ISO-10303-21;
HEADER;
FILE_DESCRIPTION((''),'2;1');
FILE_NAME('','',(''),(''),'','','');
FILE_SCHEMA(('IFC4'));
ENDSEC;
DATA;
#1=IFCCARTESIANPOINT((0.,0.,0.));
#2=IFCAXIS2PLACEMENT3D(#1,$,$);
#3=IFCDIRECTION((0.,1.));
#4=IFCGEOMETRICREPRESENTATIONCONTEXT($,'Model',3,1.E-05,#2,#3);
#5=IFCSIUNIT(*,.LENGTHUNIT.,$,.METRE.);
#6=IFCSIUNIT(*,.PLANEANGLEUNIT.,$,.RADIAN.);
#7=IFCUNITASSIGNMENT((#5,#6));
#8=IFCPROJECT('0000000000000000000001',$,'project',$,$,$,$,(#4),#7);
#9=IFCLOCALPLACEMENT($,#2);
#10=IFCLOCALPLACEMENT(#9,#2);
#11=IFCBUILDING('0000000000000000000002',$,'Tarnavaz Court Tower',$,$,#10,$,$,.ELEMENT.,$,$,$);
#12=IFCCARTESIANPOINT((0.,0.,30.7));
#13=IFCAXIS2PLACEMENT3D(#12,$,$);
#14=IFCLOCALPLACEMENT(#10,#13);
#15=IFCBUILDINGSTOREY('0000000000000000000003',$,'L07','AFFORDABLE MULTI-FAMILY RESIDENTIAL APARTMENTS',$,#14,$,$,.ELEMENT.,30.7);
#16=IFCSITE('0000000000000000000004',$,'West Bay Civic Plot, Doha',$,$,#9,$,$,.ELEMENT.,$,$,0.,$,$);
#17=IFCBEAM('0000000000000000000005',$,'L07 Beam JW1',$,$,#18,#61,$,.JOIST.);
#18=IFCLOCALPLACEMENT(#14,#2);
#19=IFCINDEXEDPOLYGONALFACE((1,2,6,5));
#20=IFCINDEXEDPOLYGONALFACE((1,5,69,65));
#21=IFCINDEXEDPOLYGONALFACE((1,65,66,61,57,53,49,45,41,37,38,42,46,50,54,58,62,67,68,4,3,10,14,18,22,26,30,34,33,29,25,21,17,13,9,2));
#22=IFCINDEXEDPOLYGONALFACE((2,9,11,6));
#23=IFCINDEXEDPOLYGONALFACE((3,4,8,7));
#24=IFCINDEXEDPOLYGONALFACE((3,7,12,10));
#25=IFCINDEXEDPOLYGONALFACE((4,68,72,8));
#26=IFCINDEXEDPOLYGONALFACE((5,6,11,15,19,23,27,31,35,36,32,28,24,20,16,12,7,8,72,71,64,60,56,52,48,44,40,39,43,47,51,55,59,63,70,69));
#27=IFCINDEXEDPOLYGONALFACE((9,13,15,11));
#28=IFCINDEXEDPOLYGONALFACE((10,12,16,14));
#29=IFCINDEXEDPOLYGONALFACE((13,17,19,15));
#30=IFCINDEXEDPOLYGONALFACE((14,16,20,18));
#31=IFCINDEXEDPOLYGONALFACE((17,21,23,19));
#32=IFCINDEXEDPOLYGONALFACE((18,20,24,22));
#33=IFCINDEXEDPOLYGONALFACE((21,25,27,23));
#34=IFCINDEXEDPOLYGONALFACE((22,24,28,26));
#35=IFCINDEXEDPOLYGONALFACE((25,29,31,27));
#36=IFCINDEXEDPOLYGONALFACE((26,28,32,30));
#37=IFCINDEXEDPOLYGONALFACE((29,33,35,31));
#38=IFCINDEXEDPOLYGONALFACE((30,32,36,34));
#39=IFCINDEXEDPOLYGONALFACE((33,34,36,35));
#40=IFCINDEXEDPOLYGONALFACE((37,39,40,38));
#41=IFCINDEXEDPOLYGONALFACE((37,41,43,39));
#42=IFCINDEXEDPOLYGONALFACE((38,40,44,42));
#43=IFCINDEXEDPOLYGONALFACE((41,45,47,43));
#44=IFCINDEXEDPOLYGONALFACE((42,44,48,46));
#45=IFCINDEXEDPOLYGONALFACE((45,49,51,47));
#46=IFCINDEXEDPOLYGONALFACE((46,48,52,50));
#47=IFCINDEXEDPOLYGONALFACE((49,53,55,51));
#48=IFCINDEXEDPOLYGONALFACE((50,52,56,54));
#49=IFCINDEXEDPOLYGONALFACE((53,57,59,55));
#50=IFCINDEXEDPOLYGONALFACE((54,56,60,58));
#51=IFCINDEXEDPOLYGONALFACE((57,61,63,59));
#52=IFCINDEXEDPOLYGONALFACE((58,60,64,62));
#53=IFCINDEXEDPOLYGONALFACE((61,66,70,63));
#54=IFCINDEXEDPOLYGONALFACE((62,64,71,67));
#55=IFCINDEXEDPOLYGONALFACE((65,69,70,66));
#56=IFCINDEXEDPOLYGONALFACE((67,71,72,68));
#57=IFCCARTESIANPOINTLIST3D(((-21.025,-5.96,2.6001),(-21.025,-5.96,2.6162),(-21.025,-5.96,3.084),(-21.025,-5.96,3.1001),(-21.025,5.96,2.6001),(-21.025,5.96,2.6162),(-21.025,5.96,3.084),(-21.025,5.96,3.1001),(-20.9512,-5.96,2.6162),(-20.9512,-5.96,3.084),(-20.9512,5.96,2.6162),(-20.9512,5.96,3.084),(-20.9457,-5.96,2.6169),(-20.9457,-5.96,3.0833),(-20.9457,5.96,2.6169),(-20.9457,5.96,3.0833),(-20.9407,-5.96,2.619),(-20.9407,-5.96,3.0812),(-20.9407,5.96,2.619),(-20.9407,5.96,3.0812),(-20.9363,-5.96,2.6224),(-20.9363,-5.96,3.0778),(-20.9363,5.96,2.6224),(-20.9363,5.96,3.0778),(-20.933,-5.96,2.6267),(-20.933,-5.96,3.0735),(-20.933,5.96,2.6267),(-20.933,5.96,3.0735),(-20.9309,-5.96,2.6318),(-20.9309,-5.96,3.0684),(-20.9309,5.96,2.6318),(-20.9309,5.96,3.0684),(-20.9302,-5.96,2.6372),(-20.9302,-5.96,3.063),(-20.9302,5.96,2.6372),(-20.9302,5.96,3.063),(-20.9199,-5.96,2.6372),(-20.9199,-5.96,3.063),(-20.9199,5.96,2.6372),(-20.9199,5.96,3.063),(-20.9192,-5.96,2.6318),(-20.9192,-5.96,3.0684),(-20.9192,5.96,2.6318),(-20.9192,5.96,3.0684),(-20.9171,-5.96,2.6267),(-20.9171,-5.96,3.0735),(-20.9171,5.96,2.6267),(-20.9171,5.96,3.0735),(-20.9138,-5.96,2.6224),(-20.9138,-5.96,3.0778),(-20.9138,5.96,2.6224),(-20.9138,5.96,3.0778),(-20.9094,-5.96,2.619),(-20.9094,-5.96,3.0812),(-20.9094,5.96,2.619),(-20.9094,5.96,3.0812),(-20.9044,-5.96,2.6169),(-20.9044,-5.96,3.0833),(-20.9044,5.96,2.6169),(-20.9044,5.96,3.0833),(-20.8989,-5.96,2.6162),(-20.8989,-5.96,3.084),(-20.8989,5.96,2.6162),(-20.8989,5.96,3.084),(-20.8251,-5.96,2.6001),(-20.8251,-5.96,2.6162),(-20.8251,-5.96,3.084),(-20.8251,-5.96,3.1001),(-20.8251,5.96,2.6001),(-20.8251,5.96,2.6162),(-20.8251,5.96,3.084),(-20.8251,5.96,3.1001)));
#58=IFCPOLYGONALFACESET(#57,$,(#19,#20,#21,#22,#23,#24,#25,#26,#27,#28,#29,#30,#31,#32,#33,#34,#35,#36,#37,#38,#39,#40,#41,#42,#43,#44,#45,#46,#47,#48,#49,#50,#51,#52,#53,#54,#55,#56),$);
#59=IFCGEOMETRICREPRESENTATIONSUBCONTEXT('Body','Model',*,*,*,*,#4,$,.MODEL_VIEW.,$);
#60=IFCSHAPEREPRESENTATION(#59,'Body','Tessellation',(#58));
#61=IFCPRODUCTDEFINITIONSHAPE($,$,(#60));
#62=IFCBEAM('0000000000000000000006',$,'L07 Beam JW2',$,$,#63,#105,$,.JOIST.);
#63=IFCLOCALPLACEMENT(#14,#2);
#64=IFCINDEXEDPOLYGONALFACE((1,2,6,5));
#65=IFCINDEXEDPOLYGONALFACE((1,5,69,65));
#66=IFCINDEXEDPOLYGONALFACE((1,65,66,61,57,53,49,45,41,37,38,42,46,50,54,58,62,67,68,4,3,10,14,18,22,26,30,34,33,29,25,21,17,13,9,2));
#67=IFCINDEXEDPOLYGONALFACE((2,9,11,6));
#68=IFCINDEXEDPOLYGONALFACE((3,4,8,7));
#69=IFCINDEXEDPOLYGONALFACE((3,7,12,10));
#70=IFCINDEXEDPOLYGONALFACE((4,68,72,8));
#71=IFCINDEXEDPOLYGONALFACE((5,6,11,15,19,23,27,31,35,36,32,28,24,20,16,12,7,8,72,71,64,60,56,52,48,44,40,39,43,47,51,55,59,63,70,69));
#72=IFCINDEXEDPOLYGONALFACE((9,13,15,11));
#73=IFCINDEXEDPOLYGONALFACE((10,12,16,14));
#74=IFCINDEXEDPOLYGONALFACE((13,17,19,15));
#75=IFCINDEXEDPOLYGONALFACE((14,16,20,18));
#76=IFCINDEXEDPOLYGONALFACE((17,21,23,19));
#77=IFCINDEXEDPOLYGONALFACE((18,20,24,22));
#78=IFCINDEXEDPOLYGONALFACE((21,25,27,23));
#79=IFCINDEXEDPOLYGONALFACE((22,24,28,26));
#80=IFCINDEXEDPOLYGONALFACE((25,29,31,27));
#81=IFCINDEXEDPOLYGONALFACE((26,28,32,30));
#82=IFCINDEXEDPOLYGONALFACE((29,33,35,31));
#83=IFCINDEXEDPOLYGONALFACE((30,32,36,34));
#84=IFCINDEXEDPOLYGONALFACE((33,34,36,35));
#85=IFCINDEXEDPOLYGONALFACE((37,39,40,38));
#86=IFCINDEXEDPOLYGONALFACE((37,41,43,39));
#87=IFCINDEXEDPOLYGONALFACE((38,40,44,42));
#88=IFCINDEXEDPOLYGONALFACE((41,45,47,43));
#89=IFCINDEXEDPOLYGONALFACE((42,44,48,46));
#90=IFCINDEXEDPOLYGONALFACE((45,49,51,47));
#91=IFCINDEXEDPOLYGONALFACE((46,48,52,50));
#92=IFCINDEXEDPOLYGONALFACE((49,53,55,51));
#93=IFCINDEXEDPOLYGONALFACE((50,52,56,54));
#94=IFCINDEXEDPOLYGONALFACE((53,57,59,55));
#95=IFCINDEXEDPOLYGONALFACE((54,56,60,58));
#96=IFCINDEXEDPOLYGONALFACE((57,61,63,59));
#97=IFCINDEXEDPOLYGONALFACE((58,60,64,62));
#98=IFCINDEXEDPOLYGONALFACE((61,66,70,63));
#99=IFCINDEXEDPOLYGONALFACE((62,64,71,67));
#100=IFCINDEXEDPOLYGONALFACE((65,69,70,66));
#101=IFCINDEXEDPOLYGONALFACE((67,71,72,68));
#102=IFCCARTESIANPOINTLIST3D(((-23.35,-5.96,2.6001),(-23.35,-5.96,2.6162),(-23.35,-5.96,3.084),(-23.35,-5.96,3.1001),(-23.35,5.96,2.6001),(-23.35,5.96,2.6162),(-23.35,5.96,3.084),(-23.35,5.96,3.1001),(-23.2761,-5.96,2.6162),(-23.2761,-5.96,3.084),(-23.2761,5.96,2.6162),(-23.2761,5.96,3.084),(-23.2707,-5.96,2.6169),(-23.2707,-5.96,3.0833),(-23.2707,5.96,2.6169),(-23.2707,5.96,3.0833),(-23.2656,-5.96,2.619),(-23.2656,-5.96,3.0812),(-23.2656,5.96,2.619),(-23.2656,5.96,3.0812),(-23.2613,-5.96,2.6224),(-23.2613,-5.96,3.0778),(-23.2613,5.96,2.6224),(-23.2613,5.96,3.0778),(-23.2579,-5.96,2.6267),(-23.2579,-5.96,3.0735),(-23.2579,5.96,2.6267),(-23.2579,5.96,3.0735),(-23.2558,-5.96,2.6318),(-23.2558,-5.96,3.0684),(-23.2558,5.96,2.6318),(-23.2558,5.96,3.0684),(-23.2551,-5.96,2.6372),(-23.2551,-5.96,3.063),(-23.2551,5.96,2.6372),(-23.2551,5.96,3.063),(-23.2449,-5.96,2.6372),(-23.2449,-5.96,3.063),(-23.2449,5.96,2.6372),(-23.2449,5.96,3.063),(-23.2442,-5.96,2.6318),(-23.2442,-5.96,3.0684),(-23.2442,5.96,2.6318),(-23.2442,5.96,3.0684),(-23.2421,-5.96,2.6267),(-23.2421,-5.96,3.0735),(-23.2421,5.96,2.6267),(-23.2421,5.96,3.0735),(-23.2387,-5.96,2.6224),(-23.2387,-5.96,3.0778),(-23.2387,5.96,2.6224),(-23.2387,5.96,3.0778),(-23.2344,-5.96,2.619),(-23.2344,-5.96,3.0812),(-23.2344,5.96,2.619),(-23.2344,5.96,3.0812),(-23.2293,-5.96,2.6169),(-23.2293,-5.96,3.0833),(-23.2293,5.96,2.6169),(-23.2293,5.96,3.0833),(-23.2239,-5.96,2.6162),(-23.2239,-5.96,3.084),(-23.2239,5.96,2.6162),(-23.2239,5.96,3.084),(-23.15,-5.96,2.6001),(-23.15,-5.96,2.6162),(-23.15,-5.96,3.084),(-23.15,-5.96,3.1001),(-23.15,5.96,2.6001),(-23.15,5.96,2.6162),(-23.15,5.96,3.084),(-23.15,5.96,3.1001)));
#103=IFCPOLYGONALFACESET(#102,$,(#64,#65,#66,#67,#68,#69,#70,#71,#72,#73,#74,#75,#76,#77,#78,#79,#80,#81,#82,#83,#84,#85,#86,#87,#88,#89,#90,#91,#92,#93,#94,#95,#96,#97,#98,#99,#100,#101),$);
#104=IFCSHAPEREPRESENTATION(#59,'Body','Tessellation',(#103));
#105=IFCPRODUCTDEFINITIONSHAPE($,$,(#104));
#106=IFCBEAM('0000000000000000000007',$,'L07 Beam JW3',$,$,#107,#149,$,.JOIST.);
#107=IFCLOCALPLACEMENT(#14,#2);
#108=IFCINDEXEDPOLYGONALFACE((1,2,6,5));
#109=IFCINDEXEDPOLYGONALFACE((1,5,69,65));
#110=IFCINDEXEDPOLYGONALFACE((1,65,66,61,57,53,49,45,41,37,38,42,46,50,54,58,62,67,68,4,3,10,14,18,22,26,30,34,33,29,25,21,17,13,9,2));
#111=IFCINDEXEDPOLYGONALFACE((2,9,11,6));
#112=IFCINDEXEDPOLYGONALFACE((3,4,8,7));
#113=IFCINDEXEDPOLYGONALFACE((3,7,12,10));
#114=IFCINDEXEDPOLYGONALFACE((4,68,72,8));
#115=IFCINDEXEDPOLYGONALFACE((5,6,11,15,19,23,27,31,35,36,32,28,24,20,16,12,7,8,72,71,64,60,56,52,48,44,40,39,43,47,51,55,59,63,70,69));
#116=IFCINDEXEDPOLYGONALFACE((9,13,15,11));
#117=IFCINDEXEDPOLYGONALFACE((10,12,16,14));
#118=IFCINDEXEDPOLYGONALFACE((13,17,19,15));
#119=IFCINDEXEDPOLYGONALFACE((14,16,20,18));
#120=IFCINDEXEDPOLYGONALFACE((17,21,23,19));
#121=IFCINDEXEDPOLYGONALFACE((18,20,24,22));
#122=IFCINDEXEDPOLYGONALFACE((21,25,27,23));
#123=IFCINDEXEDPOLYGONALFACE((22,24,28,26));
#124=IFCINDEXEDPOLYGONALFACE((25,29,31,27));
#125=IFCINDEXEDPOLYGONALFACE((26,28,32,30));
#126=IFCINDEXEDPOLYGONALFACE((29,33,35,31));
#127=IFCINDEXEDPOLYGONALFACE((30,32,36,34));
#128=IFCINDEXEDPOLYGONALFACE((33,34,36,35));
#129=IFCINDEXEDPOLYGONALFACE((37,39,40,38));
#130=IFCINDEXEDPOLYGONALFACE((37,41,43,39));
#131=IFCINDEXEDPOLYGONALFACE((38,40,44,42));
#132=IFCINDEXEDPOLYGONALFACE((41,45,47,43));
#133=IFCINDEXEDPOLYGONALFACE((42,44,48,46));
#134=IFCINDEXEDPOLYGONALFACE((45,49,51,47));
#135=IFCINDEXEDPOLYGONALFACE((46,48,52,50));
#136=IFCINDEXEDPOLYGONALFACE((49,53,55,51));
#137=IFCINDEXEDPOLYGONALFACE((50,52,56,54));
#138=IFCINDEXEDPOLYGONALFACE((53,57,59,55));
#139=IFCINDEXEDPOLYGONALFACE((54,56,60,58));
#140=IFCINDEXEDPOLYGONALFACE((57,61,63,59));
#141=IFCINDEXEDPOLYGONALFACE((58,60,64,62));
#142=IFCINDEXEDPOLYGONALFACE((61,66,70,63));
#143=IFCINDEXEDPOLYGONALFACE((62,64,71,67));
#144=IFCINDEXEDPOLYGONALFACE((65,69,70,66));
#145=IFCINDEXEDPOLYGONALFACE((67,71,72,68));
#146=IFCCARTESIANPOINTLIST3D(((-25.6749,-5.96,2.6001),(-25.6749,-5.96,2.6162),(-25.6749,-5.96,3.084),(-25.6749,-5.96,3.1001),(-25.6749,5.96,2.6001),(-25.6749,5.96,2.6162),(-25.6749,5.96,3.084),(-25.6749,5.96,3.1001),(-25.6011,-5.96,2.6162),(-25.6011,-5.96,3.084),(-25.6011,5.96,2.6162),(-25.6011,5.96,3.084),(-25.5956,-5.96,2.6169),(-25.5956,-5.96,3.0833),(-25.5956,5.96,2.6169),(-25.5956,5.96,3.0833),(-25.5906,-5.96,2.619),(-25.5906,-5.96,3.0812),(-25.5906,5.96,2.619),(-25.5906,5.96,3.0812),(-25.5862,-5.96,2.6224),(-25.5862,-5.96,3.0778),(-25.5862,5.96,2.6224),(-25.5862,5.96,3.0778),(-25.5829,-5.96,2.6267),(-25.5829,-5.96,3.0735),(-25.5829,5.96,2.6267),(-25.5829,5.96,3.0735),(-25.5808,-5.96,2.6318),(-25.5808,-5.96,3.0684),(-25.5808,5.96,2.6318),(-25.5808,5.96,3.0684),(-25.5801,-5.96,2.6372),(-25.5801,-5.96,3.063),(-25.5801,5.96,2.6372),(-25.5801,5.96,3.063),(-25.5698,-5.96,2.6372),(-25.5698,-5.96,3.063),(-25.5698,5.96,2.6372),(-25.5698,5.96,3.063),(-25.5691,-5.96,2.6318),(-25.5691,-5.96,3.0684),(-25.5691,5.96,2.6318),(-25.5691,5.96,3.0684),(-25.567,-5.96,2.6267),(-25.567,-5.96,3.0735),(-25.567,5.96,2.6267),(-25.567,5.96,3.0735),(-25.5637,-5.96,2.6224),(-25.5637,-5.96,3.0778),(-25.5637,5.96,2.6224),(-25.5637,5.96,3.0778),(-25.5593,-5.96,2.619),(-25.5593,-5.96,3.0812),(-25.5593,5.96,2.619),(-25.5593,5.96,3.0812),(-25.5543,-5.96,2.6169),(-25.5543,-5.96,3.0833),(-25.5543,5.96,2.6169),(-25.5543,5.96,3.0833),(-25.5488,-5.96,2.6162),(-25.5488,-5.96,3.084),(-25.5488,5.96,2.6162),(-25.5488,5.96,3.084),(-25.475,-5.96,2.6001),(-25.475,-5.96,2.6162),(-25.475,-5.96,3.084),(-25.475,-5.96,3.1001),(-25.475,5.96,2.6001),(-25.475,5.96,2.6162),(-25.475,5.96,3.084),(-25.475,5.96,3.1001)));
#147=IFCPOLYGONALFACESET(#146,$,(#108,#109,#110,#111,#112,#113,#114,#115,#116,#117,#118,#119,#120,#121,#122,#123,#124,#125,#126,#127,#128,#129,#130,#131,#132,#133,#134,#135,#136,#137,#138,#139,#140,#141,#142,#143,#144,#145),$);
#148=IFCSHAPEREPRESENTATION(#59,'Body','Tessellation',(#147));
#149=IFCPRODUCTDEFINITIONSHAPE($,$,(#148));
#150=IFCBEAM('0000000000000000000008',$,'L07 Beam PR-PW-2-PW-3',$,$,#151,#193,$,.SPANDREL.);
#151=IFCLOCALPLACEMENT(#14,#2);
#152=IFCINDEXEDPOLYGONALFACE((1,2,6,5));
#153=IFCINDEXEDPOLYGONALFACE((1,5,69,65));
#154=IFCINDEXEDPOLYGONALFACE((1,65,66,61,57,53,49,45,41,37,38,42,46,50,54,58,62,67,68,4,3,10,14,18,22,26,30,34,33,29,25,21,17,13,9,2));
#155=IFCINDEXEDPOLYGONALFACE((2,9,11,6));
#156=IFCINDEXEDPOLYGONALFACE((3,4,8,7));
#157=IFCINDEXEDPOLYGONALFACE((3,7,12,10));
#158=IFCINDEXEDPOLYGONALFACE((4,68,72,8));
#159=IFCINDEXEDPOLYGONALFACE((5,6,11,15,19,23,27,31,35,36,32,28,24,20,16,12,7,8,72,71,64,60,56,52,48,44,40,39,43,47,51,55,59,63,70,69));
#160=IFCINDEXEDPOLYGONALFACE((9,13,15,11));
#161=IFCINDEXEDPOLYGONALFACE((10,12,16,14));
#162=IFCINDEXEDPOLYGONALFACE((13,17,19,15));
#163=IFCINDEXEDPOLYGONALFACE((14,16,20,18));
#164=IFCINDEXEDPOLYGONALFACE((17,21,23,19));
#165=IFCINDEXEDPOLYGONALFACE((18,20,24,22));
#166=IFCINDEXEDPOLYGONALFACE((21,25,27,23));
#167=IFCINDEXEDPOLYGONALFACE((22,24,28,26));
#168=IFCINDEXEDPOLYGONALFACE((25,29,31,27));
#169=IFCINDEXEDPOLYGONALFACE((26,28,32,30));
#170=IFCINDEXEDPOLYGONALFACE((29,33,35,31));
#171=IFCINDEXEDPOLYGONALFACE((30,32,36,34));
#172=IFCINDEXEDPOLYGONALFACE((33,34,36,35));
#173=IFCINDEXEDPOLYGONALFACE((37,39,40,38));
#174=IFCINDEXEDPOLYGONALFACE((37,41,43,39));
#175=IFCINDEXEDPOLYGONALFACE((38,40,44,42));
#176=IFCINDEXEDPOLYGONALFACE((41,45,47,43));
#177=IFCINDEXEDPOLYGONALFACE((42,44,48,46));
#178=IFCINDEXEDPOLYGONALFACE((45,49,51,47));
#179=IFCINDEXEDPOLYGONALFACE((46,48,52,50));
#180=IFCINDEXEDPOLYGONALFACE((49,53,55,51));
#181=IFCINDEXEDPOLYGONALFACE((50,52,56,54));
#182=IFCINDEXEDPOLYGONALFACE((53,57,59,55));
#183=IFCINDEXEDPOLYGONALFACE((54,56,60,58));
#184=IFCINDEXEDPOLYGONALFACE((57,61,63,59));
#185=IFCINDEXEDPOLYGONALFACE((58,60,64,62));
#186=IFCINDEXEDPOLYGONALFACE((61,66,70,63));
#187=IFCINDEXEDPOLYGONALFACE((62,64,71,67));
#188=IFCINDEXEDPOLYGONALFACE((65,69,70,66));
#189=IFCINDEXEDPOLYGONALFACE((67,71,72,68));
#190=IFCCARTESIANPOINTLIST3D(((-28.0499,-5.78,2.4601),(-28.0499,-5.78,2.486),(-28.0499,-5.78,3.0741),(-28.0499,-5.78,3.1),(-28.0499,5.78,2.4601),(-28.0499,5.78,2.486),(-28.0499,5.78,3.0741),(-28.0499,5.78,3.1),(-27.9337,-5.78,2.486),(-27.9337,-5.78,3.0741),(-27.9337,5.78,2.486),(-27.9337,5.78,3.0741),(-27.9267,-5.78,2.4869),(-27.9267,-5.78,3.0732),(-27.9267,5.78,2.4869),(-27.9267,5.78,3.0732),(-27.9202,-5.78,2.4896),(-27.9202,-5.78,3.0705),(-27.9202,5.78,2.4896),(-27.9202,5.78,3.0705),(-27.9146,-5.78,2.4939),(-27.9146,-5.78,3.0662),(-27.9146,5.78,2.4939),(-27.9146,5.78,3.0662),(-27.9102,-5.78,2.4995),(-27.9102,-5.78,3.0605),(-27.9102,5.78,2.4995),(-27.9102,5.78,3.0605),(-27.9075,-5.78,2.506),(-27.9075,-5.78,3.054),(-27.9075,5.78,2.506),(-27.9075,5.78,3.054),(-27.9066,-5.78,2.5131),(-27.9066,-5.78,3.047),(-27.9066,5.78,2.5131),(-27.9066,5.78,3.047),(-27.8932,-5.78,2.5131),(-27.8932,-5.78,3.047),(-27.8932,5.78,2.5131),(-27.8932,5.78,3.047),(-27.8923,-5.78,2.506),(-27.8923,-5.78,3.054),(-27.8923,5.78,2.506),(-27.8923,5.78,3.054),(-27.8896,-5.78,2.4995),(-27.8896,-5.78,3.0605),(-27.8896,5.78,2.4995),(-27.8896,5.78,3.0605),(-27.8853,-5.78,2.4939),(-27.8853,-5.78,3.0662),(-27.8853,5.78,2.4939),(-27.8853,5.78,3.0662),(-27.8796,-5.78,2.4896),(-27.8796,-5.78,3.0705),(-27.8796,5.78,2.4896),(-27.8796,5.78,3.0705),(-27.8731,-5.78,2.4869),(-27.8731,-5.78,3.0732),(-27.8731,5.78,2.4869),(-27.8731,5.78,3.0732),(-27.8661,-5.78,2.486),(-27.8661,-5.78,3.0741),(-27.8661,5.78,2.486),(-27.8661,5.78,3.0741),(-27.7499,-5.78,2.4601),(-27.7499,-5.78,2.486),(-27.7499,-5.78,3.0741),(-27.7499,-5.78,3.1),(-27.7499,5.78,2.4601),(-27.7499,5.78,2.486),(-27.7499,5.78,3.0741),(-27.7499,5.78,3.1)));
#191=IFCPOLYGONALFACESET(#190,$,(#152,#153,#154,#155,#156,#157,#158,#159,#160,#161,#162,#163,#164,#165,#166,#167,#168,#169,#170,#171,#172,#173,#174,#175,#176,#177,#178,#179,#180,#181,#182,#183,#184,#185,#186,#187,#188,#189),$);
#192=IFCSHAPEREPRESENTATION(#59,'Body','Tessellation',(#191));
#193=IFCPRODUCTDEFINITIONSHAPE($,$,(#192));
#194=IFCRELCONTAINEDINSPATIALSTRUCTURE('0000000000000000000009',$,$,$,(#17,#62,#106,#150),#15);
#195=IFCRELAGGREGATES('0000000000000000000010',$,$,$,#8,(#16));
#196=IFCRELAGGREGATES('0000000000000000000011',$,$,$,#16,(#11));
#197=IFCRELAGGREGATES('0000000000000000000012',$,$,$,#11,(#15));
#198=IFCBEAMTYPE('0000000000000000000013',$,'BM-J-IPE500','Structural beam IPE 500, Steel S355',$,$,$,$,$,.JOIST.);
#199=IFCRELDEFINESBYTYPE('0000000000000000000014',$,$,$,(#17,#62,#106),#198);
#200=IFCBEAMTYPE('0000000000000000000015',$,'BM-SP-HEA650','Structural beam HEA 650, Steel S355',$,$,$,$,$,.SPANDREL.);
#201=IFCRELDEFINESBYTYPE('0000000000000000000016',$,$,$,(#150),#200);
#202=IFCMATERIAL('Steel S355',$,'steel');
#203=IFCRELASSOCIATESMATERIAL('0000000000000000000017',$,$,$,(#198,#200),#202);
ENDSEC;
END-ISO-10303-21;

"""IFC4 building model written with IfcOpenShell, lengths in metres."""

from ifc_helpers import new_model, si_unit, direction, frame, origin, origin_2d, place, context, subcontext, project, spatial, i_section, extrude, material, material_profile, profile_set, type_object, element, save


model = new_model("IFC4")

# Units and contexts
model_context = context("Model", 3, precision=1e-05, world=origin(), true_north=direction((0.0, 1.0)))
body_context = subcontext(model_context, "Body", "Model", "MODEL_VIEW")
ifc_project = project(units=[si_unit("LENGTHUNIT", "METRE"), si_unit("PLANEANGLEUNIT", "RADIAN")], contexts=[model_context])

# Site, building, storey
site_placement = place(None, origin())
site = spatial("IfcSite", under=ifc_project, at=site_placement, Name="West Bay Civic Plot, Doha", CompositionType="ELEMENT", RefElevation=0.0)
building_placement = place(site_placement, origin())
building = spatial("IfcBuilding", under=site, at=building_placement, Name="Tarnavaz Court Tower", CompositionType="ELEMENT")
storey_placement = place(building_placement, frame((0.0, 0.0, 30.7)))
storey = spatial("IfcBuildingStorey", under=building, at=storey_placement, Name="L07", Description="AFFORDABLE MULTI-FAMILY RESIDENTIAL APARTMENTS", CompositionType="ELEMENT", Elevation=30.7)

# Beams
ifc_material_1 = material(Name="Steel S355", Category="steel")
ifc_material_profile_1 = material_profile(ifc_material_1, i_section(OverallWidth=0.2, OverallDepth=0.5, WebThickness=0.0103, FlangeThickness=0.0161, FilletRadius=0.021, at=origin_2d()), Name="IPE 500")
ifc_profile_set_1 = profile_set([ifc_material_profile_1], Name="Steel S355")
beam_type_1 = type_object("IfcBeamType", Name="BM-J-IPE500", Description="Structural beam IPE 500, Steel S355", PredefinedType="JOIST", material=ifc_profile_set_1)
for number, where, z_axis, x_axis, name in (
    (1, (-20.925, -5.96, 2.8501), (0.0, 1.0, 0.0), (-1.0, 0.0, 0.0), "L07 Beam JW1"),
    (2, (-23.25, -5.96, 2.8501), (0.0, 1.0, 0.0), (-1.0, 0.0, 0.0), "L07 Beam JW2"),
    (3, (-25.575, -5.96, 2.8501), (0.0, 1.0, 0.0), (-1.0, 0.0, 0.0), "L07 Beam JW3"),
):
    element("IfcBeam", number, at=place(storey_placement, frame(where, z_axis=z_axis, x_axis=x_axis)), inside=storey, type_object=beam_type_1, Name=name, PredefinedType="JOIST", context=body_context, shape_type="SweptSolid", body=[
        extrude(i_section(OverallWidth=0.2, OverallDepth=0.5, WebThickness=0.0103, FlangeThickness=0.0161, FilletRadius=0.021, at=origin_2d()), origin(), (0.0, 0.0, 1.0), 11.9199),
    ])
ifc_material_profile_2 = material_profile(ifc_material_1, i_section(OverallWidth=0.3, OverallDepth=0.6399, WebThickness=0.0134, FlangeThickness=0.0259, FilletRadius=0.0271, at=origin_2d()), Name="HEA 650")
ifc_profile_set_2 = profile_set([ifc_material_profile_2], Name="Steel S355")
beam_type_2 = type_object("IfcBeamType", Name="BM-SP-HEA650", Description="Structural beam HEA 650, Steel S355", PredefinedType="SPANDREL", material=ifc_profile_set_2)
beam_1_placement = place(storey_placement, frame((-27.8999, -5.78, 2.78), z_axis=(0.0, 1.0, 0.0), x_axis=(-1.0, 0.0, 0.0)))
element("IfcBeam", 4, at=beam_1_placement, inside=storey, type_object=beam_type_2, Name="L07 Beam PR-PW-2-PW-3", PredefinedType="SPANDREL", context=body_context, shape_type="SweptSolid", body=[
    extrude(i_section(OverallWidth=0.3, OverallDepth=0.6399, WebThickness=0.0134, FlangeThickness=0.0259, FilletRadius=0.0271, at=origin_2d()), origin(), (0.0, 0.0, 1.0), 11.5601),
])

save(model, "model.ifc")
